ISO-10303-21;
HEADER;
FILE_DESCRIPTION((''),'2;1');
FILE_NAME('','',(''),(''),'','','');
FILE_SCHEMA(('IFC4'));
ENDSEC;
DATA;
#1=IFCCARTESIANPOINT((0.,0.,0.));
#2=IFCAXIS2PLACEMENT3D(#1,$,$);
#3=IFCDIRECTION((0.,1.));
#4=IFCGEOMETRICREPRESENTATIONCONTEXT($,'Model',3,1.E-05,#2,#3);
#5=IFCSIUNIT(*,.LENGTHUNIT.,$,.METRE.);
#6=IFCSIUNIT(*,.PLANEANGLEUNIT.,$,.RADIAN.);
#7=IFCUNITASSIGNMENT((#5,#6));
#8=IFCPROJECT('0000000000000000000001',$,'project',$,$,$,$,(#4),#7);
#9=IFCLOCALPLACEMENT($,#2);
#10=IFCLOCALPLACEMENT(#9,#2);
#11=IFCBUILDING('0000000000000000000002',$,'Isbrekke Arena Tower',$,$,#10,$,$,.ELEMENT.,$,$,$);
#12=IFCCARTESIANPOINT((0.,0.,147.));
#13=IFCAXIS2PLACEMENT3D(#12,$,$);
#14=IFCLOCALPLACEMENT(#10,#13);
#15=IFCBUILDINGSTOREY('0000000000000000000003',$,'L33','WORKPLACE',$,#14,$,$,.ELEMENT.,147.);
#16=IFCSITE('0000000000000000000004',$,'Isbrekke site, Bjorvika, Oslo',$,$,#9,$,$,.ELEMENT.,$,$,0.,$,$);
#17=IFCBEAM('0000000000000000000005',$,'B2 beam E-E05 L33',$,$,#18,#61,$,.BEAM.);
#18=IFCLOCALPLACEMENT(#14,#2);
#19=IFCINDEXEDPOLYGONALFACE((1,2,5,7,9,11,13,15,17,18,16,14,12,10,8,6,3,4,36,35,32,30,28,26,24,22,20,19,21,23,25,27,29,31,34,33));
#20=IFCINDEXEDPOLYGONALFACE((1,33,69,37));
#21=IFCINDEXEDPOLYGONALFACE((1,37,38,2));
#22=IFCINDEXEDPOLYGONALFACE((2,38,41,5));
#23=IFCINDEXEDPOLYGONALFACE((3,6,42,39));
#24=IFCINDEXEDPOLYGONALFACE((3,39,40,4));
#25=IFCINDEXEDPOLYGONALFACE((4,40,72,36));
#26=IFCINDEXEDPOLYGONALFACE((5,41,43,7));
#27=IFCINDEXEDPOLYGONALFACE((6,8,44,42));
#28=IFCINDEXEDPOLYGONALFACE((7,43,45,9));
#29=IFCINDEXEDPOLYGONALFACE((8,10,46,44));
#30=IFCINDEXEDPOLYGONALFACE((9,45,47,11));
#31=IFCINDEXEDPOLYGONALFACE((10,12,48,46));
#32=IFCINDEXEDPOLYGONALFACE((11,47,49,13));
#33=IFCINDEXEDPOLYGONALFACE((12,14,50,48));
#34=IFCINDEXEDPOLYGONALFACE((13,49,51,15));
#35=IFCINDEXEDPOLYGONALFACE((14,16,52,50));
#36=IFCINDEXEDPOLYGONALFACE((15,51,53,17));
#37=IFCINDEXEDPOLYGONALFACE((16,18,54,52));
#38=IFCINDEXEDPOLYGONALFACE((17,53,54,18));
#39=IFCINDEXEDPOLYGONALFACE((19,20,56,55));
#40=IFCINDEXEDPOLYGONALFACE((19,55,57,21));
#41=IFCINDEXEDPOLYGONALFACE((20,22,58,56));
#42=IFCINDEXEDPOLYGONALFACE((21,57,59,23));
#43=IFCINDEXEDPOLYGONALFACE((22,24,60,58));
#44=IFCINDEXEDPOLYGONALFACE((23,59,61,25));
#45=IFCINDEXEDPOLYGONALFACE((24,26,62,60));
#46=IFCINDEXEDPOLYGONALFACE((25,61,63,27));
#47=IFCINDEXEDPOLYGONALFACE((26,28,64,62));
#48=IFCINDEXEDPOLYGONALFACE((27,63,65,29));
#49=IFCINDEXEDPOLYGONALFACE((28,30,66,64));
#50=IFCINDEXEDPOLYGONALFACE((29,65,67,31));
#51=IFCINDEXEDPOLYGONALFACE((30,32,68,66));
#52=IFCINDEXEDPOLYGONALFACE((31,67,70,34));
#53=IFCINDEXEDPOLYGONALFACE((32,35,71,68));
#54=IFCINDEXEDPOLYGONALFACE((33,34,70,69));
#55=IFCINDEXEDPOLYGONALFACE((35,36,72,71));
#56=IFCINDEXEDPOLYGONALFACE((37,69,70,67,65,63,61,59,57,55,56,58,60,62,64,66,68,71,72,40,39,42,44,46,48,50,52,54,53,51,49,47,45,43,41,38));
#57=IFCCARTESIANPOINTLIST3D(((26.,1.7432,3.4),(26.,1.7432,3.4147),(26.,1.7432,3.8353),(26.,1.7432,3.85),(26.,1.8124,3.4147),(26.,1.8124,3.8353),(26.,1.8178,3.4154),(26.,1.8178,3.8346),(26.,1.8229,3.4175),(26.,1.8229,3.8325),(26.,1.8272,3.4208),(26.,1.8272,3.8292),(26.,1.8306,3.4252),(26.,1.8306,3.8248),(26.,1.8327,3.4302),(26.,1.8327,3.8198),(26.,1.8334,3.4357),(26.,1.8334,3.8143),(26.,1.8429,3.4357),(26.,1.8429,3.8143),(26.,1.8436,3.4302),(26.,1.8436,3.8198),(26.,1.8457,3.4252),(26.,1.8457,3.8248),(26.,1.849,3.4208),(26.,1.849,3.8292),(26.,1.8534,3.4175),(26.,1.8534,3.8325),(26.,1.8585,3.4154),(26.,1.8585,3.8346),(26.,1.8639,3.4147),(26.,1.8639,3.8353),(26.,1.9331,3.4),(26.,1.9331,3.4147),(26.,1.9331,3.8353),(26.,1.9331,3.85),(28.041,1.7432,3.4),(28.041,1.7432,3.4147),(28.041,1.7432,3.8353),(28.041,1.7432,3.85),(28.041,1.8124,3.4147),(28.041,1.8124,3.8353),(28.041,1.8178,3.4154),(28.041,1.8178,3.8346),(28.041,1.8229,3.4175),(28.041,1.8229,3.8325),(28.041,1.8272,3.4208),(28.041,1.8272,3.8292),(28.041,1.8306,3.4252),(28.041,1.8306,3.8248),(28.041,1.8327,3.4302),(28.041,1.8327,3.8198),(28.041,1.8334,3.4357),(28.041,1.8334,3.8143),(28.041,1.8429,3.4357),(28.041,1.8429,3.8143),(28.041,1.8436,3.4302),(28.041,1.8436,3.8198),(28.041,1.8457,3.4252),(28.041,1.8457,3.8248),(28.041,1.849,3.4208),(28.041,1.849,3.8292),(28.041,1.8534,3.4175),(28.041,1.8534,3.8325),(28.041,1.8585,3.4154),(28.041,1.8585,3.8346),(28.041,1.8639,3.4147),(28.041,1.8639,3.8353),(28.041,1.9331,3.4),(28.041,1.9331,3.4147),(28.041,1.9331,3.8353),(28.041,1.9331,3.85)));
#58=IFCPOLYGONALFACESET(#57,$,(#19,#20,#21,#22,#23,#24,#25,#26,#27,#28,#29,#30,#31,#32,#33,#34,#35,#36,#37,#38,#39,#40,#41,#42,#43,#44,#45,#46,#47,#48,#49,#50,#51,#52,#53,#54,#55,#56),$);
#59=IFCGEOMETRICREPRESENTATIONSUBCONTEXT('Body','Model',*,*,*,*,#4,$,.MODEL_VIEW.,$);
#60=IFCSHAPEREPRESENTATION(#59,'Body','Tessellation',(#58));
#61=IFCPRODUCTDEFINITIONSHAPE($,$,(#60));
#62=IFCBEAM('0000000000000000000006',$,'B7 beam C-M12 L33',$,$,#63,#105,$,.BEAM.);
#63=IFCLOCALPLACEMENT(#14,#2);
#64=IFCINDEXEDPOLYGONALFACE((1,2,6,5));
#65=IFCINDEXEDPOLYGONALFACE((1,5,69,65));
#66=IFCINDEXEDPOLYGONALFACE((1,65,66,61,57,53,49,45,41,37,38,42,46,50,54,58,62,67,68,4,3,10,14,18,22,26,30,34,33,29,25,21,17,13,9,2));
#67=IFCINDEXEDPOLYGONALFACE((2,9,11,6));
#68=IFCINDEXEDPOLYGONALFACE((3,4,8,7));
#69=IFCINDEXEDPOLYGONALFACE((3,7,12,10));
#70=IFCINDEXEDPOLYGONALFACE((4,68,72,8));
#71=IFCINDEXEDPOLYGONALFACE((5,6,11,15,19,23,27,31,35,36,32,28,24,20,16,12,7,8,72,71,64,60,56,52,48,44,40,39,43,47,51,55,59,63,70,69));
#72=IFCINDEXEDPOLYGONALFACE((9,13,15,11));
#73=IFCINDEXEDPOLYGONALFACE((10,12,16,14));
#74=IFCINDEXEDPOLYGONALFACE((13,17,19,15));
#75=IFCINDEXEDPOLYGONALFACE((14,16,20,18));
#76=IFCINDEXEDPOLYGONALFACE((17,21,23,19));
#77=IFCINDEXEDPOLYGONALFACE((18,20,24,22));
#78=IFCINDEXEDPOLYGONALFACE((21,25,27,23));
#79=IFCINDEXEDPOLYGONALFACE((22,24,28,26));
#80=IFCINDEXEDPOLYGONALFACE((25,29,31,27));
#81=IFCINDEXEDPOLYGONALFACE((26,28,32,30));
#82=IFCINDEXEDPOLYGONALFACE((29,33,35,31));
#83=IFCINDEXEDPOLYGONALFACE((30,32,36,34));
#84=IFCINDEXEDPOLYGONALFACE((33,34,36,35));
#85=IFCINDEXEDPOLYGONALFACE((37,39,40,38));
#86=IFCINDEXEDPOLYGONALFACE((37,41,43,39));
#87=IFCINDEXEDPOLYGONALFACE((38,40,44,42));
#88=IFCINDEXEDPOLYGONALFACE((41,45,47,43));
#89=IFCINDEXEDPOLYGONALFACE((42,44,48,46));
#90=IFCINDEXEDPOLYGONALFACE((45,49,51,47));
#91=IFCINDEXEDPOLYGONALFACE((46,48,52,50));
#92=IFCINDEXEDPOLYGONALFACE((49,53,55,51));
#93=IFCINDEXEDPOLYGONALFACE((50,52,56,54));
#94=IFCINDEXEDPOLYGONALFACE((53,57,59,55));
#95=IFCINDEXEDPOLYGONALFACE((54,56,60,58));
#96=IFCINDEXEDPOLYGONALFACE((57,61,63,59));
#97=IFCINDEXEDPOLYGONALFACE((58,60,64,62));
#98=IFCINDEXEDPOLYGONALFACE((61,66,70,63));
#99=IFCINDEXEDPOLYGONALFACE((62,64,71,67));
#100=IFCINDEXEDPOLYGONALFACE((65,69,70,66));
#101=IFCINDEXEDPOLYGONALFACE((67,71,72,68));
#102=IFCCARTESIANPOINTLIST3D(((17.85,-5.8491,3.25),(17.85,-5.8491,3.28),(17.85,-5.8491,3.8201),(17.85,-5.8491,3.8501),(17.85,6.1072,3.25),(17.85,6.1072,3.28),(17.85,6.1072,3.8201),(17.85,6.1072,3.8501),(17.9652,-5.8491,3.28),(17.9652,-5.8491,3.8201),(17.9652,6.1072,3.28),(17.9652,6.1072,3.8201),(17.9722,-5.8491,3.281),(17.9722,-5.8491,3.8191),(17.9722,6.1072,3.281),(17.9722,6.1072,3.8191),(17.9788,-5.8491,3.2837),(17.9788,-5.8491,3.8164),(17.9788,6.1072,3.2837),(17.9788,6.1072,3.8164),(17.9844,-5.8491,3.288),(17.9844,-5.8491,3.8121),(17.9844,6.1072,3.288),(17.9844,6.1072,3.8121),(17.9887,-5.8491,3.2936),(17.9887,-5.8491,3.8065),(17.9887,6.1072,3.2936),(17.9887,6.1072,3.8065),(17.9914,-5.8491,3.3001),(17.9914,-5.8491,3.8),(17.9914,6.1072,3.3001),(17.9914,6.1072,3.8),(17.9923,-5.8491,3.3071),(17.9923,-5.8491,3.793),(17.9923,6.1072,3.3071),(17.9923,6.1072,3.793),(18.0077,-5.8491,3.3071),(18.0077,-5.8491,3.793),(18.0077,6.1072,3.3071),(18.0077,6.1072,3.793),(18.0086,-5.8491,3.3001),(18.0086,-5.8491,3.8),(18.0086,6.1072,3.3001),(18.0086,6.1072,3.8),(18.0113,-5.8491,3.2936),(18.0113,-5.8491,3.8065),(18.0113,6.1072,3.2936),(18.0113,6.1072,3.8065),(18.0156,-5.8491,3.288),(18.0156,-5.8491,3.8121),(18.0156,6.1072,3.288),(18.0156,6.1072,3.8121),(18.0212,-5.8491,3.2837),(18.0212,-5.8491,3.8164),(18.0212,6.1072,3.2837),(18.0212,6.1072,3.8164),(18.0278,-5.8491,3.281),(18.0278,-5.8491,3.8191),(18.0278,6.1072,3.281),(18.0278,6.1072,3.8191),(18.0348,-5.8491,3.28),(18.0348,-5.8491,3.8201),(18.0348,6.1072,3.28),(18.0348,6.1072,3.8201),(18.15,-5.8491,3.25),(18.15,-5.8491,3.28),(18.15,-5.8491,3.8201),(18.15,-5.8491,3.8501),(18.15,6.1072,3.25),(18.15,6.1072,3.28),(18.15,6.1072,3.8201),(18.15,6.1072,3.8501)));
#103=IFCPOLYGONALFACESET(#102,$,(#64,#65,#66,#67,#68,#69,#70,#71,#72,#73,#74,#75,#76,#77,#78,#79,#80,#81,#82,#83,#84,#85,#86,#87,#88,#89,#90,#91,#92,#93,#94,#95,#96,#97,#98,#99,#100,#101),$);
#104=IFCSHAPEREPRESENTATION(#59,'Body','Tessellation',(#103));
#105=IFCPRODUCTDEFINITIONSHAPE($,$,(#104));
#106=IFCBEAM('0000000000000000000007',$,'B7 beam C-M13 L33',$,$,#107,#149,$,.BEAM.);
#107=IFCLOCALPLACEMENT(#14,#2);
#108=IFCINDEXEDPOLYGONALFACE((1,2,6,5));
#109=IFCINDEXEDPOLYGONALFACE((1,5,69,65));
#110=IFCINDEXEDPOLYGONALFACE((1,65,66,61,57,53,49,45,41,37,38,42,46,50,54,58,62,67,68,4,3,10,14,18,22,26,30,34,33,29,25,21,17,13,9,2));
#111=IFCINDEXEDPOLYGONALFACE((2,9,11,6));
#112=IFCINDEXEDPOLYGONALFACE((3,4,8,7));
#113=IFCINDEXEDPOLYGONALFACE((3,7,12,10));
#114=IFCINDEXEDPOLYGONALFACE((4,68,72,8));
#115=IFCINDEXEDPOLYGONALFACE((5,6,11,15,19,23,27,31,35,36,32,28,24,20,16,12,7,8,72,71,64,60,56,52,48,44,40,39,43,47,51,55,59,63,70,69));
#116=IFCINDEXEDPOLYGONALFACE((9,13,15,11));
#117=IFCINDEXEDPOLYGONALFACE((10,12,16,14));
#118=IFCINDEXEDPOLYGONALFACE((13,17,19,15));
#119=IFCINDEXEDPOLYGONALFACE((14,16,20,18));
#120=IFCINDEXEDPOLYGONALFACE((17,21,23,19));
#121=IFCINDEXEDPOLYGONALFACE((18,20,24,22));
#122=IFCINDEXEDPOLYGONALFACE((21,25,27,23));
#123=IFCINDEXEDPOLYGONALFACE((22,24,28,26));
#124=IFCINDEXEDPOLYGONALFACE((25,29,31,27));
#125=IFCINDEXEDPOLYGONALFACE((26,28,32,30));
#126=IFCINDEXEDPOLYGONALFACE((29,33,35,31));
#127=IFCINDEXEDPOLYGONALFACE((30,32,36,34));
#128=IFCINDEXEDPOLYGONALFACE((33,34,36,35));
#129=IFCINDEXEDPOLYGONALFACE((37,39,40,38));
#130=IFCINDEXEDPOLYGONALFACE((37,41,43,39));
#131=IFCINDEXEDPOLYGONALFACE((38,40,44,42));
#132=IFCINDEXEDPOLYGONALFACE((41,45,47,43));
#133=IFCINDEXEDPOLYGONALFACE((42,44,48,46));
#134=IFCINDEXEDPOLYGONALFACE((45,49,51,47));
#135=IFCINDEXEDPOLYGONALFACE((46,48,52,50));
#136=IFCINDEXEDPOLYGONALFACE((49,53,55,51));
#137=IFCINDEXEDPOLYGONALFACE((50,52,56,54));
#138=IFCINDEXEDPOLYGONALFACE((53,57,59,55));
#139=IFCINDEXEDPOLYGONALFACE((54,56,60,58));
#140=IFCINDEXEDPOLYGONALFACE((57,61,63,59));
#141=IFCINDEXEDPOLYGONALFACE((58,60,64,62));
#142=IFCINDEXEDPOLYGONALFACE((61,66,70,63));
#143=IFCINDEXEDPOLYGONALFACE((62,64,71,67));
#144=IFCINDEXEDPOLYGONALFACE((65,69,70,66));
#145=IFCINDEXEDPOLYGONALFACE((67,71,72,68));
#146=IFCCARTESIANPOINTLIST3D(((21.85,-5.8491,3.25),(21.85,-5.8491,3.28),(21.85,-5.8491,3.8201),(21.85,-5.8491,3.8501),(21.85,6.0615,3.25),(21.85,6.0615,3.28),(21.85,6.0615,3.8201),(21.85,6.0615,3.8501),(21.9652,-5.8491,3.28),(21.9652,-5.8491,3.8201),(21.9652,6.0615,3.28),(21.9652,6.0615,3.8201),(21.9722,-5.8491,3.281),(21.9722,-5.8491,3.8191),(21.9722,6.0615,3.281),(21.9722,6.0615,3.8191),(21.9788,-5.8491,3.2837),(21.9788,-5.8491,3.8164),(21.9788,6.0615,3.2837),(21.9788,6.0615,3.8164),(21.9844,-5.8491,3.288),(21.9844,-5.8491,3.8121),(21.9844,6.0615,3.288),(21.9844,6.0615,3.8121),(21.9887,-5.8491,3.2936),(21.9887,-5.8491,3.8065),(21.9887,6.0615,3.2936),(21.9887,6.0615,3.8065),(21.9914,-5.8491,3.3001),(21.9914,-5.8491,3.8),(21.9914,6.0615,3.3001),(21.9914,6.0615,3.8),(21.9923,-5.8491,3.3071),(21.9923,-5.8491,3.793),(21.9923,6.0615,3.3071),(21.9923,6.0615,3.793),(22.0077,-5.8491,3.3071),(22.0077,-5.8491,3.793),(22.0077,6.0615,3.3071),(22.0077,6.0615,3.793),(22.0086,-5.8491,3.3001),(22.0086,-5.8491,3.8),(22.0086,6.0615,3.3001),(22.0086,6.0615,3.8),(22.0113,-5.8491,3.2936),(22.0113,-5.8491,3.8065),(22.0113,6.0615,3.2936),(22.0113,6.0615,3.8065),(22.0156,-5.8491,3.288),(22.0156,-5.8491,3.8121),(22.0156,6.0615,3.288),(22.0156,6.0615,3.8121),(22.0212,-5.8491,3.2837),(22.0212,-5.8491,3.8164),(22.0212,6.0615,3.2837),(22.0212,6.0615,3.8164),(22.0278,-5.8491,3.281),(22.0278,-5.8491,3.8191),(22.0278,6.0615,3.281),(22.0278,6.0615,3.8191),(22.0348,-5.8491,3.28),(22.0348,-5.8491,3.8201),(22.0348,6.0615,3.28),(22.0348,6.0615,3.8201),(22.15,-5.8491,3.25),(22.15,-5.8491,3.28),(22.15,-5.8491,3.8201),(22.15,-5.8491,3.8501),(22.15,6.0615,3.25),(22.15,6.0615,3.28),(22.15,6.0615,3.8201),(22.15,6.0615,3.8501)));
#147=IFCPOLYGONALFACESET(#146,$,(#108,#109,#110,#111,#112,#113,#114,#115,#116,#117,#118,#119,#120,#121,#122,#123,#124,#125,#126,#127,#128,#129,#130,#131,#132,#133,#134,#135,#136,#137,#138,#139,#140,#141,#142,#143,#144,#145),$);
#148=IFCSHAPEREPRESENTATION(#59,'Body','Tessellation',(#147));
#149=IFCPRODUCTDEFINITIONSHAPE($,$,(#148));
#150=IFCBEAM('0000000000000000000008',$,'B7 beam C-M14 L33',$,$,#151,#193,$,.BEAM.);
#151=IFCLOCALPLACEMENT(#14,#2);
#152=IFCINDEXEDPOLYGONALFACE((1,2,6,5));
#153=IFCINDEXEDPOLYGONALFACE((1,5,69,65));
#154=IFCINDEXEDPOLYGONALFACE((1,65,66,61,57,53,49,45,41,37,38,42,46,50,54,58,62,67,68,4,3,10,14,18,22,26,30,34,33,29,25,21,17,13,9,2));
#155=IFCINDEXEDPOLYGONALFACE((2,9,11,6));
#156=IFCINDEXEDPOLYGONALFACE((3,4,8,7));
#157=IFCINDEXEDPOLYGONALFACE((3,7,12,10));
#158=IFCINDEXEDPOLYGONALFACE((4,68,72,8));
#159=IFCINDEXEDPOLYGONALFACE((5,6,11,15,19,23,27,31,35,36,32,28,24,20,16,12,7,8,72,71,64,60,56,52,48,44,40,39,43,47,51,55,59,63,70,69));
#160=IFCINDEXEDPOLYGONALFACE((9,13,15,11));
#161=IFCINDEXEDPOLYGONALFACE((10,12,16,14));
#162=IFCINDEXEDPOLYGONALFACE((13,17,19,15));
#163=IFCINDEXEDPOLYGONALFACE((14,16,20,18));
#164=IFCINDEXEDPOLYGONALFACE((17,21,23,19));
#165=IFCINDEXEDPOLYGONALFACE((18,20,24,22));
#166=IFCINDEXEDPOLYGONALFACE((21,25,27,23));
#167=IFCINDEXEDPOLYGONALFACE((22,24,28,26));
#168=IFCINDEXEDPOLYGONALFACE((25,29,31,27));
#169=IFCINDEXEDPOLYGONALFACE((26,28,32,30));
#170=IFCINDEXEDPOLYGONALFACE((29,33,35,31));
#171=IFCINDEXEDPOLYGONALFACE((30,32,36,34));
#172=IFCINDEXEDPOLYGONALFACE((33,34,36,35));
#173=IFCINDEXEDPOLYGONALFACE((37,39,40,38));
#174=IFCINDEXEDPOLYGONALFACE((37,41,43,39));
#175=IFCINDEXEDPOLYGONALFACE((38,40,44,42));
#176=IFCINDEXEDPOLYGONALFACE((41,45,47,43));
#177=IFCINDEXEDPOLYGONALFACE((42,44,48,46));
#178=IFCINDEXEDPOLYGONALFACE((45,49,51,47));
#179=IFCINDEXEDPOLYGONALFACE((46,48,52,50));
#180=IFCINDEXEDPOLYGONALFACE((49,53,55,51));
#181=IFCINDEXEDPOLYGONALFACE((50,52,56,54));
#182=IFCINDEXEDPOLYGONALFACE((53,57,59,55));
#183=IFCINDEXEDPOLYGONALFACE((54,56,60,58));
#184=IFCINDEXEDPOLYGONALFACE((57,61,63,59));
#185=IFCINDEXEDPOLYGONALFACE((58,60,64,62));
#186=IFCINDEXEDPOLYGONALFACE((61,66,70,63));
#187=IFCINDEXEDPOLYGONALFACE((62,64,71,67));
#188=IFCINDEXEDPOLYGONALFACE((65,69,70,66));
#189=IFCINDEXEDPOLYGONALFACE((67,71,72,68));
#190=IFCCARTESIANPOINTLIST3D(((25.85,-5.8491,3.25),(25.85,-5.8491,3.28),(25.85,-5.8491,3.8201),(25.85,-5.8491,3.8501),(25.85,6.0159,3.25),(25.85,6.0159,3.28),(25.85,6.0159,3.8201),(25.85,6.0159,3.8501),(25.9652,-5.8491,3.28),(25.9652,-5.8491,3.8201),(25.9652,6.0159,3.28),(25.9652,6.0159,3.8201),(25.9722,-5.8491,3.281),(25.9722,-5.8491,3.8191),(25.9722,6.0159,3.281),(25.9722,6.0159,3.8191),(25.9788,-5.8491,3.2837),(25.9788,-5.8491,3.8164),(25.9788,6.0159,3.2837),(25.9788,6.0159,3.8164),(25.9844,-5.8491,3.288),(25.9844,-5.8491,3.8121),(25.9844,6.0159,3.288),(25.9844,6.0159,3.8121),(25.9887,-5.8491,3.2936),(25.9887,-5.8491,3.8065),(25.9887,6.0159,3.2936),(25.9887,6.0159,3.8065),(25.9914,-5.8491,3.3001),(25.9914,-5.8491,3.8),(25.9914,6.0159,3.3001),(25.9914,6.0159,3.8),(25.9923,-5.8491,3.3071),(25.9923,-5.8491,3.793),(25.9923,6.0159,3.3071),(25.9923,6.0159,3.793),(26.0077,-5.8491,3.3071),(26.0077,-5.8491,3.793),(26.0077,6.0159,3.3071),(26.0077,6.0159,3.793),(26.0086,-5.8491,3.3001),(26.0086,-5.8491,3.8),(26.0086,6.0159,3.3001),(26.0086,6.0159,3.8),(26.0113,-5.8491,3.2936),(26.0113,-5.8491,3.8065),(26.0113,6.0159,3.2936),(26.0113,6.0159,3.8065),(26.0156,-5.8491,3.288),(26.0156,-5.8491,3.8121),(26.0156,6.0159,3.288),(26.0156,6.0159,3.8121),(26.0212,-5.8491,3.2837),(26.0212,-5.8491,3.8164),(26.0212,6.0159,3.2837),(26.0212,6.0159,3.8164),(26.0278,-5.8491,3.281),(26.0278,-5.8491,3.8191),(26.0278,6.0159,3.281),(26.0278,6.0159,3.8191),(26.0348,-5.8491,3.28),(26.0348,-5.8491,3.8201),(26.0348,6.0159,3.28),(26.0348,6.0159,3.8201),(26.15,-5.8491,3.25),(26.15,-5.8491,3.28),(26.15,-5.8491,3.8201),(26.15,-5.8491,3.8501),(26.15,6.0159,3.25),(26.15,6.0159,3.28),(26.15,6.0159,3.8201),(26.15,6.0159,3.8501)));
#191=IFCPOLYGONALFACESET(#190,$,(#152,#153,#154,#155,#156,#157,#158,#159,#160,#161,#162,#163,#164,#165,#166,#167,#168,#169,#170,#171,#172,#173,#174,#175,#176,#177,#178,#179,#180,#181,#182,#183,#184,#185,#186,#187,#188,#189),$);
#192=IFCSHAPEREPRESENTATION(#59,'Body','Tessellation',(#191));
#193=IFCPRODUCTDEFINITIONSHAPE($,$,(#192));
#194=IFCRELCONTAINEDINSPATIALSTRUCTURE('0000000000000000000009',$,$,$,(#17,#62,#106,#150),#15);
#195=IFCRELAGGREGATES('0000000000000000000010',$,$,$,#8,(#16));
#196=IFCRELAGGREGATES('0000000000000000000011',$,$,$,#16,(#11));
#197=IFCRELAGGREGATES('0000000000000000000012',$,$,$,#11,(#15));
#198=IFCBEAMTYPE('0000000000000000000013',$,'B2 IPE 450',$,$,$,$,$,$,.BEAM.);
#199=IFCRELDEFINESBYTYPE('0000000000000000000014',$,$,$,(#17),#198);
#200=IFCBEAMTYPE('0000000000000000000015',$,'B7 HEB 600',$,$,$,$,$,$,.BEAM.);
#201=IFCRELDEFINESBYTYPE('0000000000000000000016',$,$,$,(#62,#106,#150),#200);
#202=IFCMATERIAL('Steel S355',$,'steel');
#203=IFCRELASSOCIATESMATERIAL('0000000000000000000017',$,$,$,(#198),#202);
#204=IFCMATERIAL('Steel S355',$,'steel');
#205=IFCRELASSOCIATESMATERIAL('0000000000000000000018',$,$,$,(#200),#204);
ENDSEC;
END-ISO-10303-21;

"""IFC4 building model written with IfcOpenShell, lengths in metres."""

from ifc_helpers import new_model, si_unit, direction, frame, origin, origin_2d, place, context, subcontext, project, spatial, i_section, extrude, material, material_profile, profile_set, type_object, element, save


model = new_model("IFC4")

# Units and contexts
model_context = context("Model", 3, precision=1e-05, world=origin(), true_north=direction((0.0, 1.0)))
body_context = subcontext(model_context, "Body", "Model", "MODEL_VIEW")
ifc_project = project(units=[si_unit("LENGTHUNIT", "METRE"), si_unit("PLANEANGLEUNIT", "RADIAN")], contexts=[model_context])

# Site, building, storey
site_placement = place(None, origin())
site = spatial("IfcSite", under=ifc_project, at=site_placement, Name="Isbrekke site, Bjorvika, Oslo", CompositionType="ELEMENT", RefElevation=0.0)
building_placement = place(site_placement, origin())
building = spatial("IfcBuilding", under=site, at=building_placement, Name="Isbrekke Arena Tower", CompositionType="ELEMENT")
storey_placement = place(building_placement, frame((0.0, 0.0, 147.0)))
storey = spatial("IfcBuildingStorey", under=building, at=storey_placement, Name="L33", Description="WORKPLACE", CompositionType="ELEMENT", Elevation=147.0)

# Beams
ifc_material_1 = material(Name="Steel S355", Category="steel")
ifc_material_profile_1 = material_profile(ifc_material_1, i_section(OverallWidth=0.1899, OverallDepth=0.45, WebThickness=0.0095, FlangeThickness=0.0146, FilletRadius=0.021, at=origin_2d()), Name="IPE 450")
ifc_profile_set_1 = profile_set([ifc_material_profile_1], Name="Steel S355")
beam_type_1 = type_object("IfcBeamType", Name="B2 IPE 450", PredefinedType="BEAM", material=ifc_profile_set_1)
beam_1_placement = place(storey_placement, frame((28.041, 1.8381, 3.625), z_axis=(-1.0, 0.0, 0.0), x_axis=(0.0, -1.0, 0.0)))
element("IfcBeam", 1, at=beam_1_placement, inside=storey, type_object=beam_type_1, Name="B2 beam E-E05 L33", PredefinedType="BEAM", context=body_context, shape_type="SweptSolid", body=[
    extrude(i_section(OverallWidth=0.1899, OverallDepth=0.45, WebThickness=0.0095, FlangeThickness=0.0146, FilletRadius=0.021, at=origin_2d()), origin(), (0.0, 0.0, 1.0), 2.041),
])
ifc_material_2 = material(Name="Steel S355", Category="steel")
ifc_material_profile_2 = material_profile(ifc_material_2, i_section(OverallWidth=0.3, OverallDepth=0.6001, WebThickness=0.0154, FlangeThickness=0.03, FilletRadius=0.0271, at=origin_2d()), Name="HEB 600")
ifc_profile_set_2 = profile_set([ifc_material_profile_2], Name="Steel S355")
beam_type_2 = type_object("IfcBeamType", Name="B7 HEB 600", PredefinedType="BEAM", material=ifc_profile_set_2)
beam_2_placement = place(storey_placement, frame((18.0, -5.8491, 3.55), z_axis=(0.0, 1.0, 0.0), x_axis=(-1.0, 0.0, 0.0)))
element("IfcBeam", 2, at=beam_2_placement, inside=storey, type_object=beam_type_2, Name="B7 beam C-M12 L33", PredefinedType="BEAM", context=body_context, shape_type="SweptSolid", body=[
    extrude(i_section(OverallWidth=0.3, OverallDepth=0.6001, WebThickness=0.0154, FlangeThickness=0.03, FilletRadius=0.0271, at=origin_2d()), origin(), (0.0, 0.0, 1.0), 11.9563),
])
beam_3_placement = place(storey_placement, frame((22.0, -5.8491, 3.55), z_axis=(0.0, 1.0, 0.0), x_axis=(-1.0, 0.0, 0.0)))
element("IfcBeam", 3, at=beam_3_placement, inside=storey, type_object=beam_type_2, Name="B7 beam C-M13 L33", PredefinedType="BEAM", context=body_context, shape_type="SweptSolid", body=[
    extrude(i_section(OverallWidth=0.3, OverallDepth=0.6001, WebThickness=0.0154, FlangeThickness=0.03, FilletRadius=0.0271, at=origin_2d()), origin(), (0.0, 0.0, 1.0), 11.9106),
])
beam_4_placement = place(storey_placement, frame((26.0, -5.8491, 3.55), z_axis=(0.0, 1.0, 0.0), x_axis=(-1.0, 0.0, 0.0)))
element("IfcBeam", 4, at=beam_4_placement, inside=storey, type_object=beam_type_2, Name="B7 beam C-M14 L33", PredefinedType="BEAM", context=body_context, shape_type="SweptSolid", body=[
    extrude(i_section(OverallWidth=0.3, OverallDepth=0.6001, WebThickness=0.0154, FlangeThickness=0.03, FilletRadius=0.0271, at=origin_2d()), origin(), (0.0, 0.0, 1.0), 11.865),
])

save(model, "model.ifc")
